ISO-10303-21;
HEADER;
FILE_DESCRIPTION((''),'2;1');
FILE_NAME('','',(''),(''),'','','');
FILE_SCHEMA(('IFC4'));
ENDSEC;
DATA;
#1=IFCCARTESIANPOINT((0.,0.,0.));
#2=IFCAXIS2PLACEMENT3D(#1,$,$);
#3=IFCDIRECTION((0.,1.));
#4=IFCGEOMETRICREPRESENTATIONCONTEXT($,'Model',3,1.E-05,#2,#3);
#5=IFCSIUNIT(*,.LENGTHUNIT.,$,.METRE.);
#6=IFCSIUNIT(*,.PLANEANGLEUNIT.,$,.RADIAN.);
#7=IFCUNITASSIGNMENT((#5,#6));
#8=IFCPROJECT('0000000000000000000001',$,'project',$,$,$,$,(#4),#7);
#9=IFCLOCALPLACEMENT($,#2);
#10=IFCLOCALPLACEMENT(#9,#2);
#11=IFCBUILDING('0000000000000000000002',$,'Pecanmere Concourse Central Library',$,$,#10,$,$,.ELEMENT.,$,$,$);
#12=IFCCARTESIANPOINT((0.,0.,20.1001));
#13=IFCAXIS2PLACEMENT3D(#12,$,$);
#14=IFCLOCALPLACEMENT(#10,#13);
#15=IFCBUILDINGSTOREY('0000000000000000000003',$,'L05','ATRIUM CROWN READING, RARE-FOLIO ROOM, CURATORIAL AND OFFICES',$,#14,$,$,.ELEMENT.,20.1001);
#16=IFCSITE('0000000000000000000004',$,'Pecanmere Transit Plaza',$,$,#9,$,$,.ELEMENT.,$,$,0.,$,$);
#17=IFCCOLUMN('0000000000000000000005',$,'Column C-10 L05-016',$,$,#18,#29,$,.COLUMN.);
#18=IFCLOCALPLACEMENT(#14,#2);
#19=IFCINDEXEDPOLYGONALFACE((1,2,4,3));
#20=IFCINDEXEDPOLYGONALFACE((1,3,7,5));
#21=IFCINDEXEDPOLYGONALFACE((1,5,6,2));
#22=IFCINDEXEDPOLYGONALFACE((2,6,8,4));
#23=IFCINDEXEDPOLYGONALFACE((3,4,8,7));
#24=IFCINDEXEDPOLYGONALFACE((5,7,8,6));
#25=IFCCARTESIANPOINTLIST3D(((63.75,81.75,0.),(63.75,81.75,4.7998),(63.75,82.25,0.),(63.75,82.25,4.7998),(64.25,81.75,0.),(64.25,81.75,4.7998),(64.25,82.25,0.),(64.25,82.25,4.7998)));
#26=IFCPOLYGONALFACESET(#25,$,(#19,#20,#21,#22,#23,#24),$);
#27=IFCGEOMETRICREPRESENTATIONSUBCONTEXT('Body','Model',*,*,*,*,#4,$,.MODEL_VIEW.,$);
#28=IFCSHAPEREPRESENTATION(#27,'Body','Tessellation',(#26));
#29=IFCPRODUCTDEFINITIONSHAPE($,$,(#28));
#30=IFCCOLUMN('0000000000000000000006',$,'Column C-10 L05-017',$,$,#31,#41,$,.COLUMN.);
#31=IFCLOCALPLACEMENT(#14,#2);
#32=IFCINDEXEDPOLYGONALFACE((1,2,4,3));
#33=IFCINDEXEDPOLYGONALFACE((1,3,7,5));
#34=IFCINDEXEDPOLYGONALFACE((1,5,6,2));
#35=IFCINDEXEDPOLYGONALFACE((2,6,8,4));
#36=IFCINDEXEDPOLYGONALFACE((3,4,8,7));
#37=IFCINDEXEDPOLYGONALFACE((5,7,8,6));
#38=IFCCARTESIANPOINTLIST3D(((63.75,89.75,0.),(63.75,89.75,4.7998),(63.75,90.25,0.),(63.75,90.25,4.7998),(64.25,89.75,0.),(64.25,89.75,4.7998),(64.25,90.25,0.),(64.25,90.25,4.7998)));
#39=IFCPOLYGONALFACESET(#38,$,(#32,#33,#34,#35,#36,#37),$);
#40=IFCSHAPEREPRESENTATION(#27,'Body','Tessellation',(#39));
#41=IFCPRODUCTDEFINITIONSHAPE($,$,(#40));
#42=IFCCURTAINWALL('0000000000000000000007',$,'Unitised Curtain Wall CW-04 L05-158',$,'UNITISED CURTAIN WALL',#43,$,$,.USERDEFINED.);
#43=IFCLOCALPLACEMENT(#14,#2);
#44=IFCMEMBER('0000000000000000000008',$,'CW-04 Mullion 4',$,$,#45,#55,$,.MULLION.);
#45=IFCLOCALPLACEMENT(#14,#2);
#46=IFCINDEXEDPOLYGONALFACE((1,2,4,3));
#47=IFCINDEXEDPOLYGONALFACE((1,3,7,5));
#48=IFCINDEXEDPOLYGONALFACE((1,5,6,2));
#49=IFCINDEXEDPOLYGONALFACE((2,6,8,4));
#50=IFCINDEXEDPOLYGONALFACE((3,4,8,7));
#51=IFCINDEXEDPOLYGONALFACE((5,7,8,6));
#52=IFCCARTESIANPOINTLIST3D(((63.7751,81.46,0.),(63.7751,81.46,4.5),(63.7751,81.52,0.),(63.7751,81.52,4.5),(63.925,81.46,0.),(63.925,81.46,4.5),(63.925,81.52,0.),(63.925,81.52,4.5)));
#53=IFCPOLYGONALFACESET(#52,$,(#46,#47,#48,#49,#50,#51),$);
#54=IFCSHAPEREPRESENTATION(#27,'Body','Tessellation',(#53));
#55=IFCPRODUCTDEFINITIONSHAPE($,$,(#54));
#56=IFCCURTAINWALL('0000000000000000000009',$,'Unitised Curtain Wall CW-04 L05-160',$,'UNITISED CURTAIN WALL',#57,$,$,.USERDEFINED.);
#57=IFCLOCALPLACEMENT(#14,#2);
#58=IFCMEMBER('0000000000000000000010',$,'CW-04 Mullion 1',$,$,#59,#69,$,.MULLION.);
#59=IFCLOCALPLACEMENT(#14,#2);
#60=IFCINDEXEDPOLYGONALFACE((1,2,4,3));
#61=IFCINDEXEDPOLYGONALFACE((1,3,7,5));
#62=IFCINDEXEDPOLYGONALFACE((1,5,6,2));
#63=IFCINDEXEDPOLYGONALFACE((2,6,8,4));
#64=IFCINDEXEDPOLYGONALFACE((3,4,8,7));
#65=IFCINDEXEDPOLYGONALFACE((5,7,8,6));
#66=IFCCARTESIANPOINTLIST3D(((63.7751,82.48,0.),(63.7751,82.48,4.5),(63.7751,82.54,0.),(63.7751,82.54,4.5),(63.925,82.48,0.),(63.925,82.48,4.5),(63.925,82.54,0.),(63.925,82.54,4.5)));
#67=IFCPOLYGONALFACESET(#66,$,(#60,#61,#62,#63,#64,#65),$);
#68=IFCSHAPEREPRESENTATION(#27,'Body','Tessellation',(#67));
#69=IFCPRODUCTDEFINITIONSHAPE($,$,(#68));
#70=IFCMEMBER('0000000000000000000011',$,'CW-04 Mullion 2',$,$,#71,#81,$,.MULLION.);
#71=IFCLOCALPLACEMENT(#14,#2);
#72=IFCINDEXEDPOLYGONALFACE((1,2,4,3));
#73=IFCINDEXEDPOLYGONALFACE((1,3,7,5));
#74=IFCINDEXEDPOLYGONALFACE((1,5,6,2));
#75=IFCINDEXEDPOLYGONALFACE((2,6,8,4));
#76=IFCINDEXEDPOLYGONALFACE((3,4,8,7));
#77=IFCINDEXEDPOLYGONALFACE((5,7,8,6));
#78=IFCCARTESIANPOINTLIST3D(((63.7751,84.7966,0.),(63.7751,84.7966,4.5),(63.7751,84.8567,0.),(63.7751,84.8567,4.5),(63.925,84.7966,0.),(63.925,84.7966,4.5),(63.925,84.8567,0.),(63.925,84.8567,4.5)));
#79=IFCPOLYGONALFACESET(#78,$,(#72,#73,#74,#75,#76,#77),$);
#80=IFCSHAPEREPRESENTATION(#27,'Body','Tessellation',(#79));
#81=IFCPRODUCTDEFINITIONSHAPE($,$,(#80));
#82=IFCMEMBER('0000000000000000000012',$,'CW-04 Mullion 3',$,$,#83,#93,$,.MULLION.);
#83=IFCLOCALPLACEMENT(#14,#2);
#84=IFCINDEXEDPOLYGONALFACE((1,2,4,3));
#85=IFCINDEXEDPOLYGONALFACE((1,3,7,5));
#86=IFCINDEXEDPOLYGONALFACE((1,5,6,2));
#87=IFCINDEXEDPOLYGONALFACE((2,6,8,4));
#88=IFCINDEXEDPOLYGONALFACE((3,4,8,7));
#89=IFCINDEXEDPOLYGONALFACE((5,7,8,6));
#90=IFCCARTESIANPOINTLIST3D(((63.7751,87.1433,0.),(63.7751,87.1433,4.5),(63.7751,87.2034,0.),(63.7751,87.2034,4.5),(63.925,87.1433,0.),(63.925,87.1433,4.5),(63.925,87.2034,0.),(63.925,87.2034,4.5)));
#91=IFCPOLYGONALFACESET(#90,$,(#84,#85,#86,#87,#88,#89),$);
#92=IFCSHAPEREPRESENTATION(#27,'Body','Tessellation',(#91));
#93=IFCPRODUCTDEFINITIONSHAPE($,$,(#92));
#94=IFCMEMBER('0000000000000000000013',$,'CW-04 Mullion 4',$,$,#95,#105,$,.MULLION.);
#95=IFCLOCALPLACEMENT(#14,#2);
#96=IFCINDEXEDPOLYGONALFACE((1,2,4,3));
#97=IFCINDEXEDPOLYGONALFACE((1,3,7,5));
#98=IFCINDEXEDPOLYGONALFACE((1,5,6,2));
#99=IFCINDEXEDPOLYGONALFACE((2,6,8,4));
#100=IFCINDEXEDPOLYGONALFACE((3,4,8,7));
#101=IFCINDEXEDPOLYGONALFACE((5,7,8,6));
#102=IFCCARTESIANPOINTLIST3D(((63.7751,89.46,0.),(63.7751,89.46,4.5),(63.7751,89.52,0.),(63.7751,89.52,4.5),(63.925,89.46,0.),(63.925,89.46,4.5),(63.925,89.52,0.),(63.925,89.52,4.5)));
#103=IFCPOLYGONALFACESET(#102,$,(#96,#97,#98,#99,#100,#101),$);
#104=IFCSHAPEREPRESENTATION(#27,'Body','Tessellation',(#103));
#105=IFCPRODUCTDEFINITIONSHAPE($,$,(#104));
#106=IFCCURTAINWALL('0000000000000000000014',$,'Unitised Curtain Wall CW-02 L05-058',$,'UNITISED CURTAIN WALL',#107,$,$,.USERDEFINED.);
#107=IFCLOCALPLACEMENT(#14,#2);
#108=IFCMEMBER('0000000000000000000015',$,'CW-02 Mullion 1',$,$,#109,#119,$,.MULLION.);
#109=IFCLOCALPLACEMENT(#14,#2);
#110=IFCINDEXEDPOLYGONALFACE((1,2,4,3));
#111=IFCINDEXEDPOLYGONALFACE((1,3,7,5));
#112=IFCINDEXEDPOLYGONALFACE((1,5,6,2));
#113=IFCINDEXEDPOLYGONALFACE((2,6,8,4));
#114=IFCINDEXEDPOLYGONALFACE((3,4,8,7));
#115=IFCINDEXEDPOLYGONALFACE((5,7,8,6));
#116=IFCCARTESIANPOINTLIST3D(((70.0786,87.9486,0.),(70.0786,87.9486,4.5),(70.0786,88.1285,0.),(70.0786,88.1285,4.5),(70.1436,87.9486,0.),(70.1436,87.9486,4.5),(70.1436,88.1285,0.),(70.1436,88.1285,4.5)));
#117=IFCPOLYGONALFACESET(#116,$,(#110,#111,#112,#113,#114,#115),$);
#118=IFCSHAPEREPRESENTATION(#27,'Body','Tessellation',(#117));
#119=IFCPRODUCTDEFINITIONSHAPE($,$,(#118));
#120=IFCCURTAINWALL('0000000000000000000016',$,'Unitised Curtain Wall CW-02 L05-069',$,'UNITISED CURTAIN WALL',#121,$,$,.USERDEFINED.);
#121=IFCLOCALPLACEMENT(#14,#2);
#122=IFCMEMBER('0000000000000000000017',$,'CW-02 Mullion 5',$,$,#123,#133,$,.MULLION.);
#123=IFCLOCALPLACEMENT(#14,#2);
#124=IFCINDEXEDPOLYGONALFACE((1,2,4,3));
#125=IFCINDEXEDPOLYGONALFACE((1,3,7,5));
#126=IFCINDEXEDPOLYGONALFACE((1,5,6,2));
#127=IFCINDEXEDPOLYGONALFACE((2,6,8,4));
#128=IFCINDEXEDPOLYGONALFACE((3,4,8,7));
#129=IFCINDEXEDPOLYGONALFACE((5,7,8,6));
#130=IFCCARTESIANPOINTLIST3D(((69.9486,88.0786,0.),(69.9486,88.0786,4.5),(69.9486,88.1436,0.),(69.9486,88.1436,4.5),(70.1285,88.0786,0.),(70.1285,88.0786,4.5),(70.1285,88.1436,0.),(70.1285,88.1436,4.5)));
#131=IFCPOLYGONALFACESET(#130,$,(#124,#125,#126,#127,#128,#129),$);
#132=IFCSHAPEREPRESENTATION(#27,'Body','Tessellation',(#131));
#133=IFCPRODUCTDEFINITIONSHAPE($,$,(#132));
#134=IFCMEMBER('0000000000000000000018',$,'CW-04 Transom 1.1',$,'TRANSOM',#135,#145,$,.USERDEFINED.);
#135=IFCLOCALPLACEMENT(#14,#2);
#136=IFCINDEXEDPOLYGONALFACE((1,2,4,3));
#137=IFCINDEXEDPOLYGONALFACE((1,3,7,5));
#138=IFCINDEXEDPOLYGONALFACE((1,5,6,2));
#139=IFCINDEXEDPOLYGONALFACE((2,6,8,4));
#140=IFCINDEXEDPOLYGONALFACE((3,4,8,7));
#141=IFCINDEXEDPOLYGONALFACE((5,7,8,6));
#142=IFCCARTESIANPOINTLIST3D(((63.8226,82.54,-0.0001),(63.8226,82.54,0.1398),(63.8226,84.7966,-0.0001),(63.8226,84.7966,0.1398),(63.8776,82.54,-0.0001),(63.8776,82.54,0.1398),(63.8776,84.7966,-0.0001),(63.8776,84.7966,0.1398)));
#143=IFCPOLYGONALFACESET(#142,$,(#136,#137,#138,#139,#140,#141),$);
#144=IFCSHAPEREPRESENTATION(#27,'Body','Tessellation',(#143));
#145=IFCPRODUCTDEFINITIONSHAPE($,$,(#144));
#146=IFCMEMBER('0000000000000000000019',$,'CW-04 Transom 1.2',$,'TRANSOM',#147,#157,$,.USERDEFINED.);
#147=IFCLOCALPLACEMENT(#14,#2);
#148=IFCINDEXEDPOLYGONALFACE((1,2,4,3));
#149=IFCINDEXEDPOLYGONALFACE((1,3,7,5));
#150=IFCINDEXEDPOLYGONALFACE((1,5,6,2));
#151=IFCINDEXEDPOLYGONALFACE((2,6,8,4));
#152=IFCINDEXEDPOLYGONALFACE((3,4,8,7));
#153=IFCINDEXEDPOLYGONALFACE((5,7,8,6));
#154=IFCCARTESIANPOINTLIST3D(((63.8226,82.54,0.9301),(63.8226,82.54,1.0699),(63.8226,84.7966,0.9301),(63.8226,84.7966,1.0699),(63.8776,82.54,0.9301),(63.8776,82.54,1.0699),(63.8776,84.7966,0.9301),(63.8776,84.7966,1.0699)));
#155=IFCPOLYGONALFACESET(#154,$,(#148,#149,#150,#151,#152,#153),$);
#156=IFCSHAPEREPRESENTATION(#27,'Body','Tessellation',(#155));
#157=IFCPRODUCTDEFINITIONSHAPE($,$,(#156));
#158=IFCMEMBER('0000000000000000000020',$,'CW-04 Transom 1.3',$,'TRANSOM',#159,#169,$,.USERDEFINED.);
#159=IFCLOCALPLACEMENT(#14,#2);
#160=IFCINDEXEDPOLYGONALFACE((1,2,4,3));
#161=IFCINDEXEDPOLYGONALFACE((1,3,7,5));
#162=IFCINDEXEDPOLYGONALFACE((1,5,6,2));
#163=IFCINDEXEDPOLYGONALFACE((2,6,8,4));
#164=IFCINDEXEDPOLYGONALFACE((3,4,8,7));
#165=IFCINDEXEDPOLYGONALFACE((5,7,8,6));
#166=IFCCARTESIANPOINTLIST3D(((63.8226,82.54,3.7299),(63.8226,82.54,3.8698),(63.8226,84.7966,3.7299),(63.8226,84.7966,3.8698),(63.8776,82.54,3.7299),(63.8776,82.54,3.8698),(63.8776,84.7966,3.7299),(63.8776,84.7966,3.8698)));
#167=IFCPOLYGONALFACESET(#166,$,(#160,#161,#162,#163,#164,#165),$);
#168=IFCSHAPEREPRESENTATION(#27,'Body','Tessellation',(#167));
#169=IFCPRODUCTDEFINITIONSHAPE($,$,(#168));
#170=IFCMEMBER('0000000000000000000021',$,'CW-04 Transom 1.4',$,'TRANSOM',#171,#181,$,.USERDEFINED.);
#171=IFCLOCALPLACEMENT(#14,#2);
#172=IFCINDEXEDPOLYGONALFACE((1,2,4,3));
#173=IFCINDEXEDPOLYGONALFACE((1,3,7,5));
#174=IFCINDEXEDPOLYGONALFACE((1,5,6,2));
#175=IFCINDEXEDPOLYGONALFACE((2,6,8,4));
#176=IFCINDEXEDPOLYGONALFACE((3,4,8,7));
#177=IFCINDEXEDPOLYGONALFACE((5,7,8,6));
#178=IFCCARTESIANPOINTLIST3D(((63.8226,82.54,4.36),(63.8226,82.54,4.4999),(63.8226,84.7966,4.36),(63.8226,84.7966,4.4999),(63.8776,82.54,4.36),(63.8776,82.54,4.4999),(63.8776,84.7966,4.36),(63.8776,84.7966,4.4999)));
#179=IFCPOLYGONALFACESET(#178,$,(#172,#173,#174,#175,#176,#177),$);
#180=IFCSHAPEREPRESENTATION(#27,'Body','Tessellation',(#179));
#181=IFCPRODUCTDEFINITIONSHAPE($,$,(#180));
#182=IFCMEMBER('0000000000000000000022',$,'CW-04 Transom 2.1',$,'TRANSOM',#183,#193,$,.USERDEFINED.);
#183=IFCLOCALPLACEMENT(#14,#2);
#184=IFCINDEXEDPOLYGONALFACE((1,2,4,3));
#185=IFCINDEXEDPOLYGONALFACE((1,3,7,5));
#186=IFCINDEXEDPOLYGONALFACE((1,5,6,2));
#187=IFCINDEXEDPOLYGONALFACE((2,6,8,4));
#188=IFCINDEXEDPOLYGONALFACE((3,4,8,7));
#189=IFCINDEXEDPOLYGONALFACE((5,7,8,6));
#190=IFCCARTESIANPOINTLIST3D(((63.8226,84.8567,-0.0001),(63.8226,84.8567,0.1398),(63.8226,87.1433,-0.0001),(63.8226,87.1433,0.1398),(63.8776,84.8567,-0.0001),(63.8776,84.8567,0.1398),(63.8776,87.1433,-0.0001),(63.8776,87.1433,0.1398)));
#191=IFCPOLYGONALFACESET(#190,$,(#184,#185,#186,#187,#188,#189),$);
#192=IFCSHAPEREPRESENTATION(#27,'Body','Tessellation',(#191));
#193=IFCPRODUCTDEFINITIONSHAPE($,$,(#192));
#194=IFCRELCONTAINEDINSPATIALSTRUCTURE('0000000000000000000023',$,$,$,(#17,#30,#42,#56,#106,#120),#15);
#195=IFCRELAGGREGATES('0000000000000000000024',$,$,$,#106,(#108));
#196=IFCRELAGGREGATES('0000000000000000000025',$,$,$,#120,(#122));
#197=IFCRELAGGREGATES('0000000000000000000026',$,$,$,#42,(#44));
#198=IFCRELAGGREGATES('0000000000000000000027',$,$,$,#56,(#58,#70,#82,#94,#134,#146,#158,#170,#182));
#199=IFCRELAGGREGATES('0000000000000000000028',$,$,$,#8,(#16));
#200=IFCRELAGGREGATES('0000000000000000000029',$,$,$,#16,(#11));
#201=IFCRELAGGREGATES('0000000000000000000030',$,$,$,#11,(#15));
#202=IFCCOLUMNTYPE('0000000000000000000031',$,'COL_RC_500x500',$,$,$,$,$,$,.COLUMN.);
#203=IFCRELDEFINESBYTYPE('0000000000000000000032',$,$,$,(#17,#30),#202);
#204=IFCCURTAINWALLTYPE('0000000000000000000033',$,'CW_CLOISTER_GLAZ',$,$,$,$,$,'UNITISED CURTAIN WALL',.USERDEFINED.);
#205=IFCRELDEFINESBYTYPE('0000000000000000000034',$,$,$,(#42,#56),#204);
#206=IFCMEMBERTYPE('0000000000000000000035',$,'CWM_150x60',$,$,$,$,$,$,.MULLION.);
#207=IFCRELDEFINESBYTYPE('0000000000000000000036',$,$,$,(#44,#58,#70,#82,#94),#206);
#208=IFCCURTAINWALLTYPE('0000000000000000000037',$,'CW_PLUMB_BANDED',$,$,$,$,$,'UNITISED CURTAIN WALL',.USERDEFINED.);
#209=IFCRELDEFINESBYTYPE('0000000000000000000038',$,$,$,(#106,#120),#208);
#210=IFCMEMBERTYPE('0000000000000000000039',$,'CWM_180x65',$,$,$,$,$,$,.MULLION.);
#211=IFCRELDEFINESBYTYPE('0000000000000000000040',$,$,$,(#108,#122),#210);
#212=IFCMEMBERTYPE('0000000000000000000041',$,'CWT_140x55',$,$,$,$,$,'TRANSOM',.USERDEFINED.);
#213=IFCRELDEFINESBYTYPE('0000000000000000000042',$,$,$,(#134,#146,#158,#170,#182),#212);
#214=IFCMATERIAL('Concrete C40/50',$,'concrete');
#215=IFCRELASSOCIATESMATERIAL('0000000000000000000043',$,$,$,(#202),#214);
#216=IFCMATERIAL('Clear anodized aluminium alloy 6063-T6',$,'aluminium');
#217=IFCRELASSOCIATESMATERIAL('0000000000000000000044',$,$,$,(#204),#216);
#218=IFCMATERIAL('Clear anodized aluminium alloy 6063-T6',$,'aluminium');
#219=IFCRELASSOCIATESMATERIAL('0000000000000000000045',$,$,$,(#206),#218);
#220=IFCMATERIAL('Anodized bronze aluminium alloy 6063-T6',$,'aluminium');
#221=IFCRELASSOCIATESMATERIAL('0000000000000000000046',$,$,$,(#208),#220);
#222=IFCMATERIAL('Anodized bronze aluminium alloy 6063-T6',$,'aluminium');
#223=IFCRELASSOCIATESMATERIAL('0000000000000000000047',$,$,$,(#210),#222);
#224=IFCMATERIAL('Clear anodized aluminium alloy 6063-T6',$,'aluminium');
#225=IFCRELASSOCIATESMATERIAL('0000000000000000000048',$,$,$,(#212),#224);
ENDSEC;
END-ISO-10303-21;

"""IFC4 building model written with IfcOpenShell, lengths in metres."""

from ifc_helpers import new_model, si_unit, direction, frame, origin, origin_2d, place, context, subcontext, project, spatial, rectangle, extrude, material, material_profile, profile_set, type_object, element, aggregate, save


model = new_model("IFC4")

# Units and contexts
model_context = context("Model", 3, precision=1e-05, world=origin(), true_north=direction((0.0, 1.0)))
body_context = subcontext(model_context, "Body", "Model", "MODEL_VIEW")
ifc_project = project(units=[si_unit("LENGTHUNIT", "METRE"), si_unit("PLANEANGLEUNIT", "RADIAN")], contexts=[model_context])

# Site, building, storey
site_placement = place(None, origin())
site = spatial("IfcSite", under=ifc_project, at=site_placement, Name="Pecanmere Transit Plaza", CompositionType="ELEMENT", RefElevation=0.0)
building_placement = place(site_placement, origin())
building = spatial("IfcBuilding", under=site, at=building_placement, Name="Pecanmere Concourse Central Library", CompositionType="ELEMENT")
storey_placement = place(building_placement, frame((0.0, 0.0, 20.1001)))
storey = spatial("IfcBuildingStorey", under=building, at=storey_placement, Name="L05", Description="ATRIUM CROWN READING, RARE-FOLIO ROOM, CURATORIAL AND OFFICES", CompositionType="ELEMENT", Elevation=20.1001)

# Columns
ifc_material_1 = material(Name="Concrete C40/50", Category="concrete")
ifc_material_profile_1 = material_profile(ifc_material_1, rectangle(XDim=0.5, YDim=0.5, at=origin_2d()), Name="RC 500x500")
ifc_profile_set_1 = profile_set([ifc_material_profile_1], Name="Concrete C40/50")
column_type = type_object("IfcColumnType", Name="COL_RC_500x500", PredefinedType="COLUMN", material=ifc_profile_set_1)
for number, where, z_axis, x_axis, name in (
    (1, (64.0, 82.0, 0.0), (0.0, 0.0, 1.0), (1.0, 0.0, 0.0), "Column C-10 L05-016"),
    (2, (64.0, 90.0, 0.0), (0.0, 0.0, 1.0), (1.0, 0.0, 0.0), "Column C-10 L05-017"),
):
    element("IfcColumn", number, at=place(storey_placement, frame(where, z_axis=z_axis, x_axis=x_axis)), inside=storey, type_object=column_type, Name=name, PredefinedType="COLUMN", context=body_context, shape_type="SweptSolid", body=[
        extrude(rectangle(XDim=0.5, YDim=0.5, at=origin_2d()), origin(), (0.0, 0.0, 1.0), 4.7998),
    ])

# Curtain wall, member
ifc_material_2 = material(Name="Clear anodized aluminium alloy 6063-T6", Category="aluminium")
curtain_wall_type_1 = type_object("IfcCurtainWallType", Name="CW_CLOISTER_GLAZ", ElementType="UNITISED CURTAIN WALL", PredefinedType="USERDEFINED", material=ifc_material_2)
curtain_wall_1_placement = place(storey_placement, origin())
curtain_wall_1 = element("IfcCurtainWall", 3, at=curtain_wall_1_placement, inside=storey, type_object=curtain_wall_type_1, Name="Unitised Curtain Wall CW-04 L05-158", ObjectType="UNITISED CURTAIN WALL", PredefinedType="USERDEFINED")
ifc_material_3 = material(Name="Clear anodized aluminium alloy 6063-T6", Category="aluminium")
ifc_material_profile_2 = material_profile(ifc_material_3, rectangle(XDim=0.0601, YDim=0.1499, at=origin_2d()), Name="AL 60x150")
ifc_profile_set_2 = profile_set([ifc_material_profile_2], Name="Clear anodized aluminium alloy 6063-T6")
member_type_1 = type_object("IfcMemberType", Name="CWM_150x60", PredefinedType="MULLION", material=ifc_profile_set_2)
member_1_placement = place(storey_placement, frame((63.8501, 81.49, 0.0), z_axis=(0.0, 0.0, 1.0), x_axis=(0.0, 1.0, 0.0)))
member_1 = element("IfcMember", 4, at=member_1_placement, type_object=member_type_1, Name="CW-04 Mullion 4", PredefinedType="MULLION", context=body_context, shape_type="SweptSolid", body=[
    extrude(rectangle(XDim=0.0601, YDim=0.1499, at=origin_2d()), origin(), (0.0, 0.0, 1.0), 4.5),
])

# Curtain wall, members
curtain_wall_2_placement = place(storey_placement, origin())
curtain_wall_2 = element("IfcCurtainWall", 5, at=curtain_wall_2_placement, inside=storey, type_object=curtain_wall_type_1, Name="Unitised Curtain Wall CW-04 L05-160", ObjectType="UNITISED CURTAIN WALL", PredefinedType="USERDEFINED")
member_2_placement = place(storey_placement, frame((63.8501, 82.51, 0.0), z_axis=(0.0, 0.0, 1.0), x_axis=(0.0, 1.0, 0.0)))
member_2 = element("IfcMember", 6, at=member_2_placement, type_object=member_type_1, Name="CW-04 Mullion 1", PredefinedType="MULLION", context=body_context, shape_type="SweptSolid", body=[
    extrude(rectangle(XDim=0.0601, YDim=0.1499, at=origin_2d()), origin(), (0.0, 0.0, 1.0), 4.5),
])
member_3_placement = place(storey_placement, frame((63.8501, 84.8267, 0.0), z_axis=(0.0, 0.0, 1.0), x_axis=(0.0, 1.0, 0.0)))
member_3 = element("IfcMember", 7, at=member_3_placement, type_object=member_type_1, Name="CW-04 Mullion 2", PredefinedType="MULLION", context=body_context, shape_type="SweptSolid", body=[
    extrude(rectangle(XDim=0.0601, YDim=0.1499, at=origin_2d()), origin(), (0.0, 0.0, 1.0), 4.5),
])
member_4_placement = place(storey_placement, frame((63.8501, 87.1733, 0.0), z_axis=(0.0, 0.0, 1.0), x_axis=(0.0, 1.0, 0.0)))
member_4 = element("IfcMember", 8, at=member_4_placement, type_object=member_type_1, Name="CW-04 Mullion 3", PredefinedType="MULLION", context=body_context, shape_type="SweptSolid", body=[
    extrude(rectangle(XDim=0.0601, YDim=0.1499, at=origin_2d()), origin(), (0.0, 0.0, 1.0), 4.5),
])
member_5_placement = place(storey_placement, frame((63.8501, 89.49, 0.0), z_axis=(0.0, 0.0, 1.0), x_axis=(0.0, 1.0, 0.0)))
member_5 = element("IfcMember", 9, at=member_5_placement, type_object=member_type_1, Name="CW-04 Mullion 4", PredefinedType="MULLION", context=body_context, shape_type="SweptSolid", body=[
    extrude(rectangle(XDim=0.0601, YDim=0.1499, at=origin_2d()), origin(), (0.0, 0.0, 1.0), 4.5),
])

# Curtain walls, members
ifc_material_4 = material(Name="Anodized bronze aluminium alloy 6063-T6", Category="aluminium")
curtain_wall_type_2 = type_object("IfcCurtainWallType", Name="CW_PLUMB_BANDED", ElementType="UNITISED CURTAIN WALL", PredefinedType="USERDEFINED", material=ifc_material_4)
curtain_wall_3_placement = place(storey_placement, origin())
curtain_wall_3 = element("IfcCurtainWall", 10, at=curtain_wall_3_placement, inside=storey, type_object=curtain_wall_type_2, Name="Unitised Curtain Wall CW-02 L05-058", ObjectType="UNITISED CURTAIN WALL", PredefinedType="USERDEFINED")
ifc_material_5 = material(Name="Anodized bronze aluminium alloy 6063-T6", Category="aluminium")
ifc_material_profile_3 = material_profile(ifc_material_5, rectangle(XDim=0.0649, YDim=0.1799, at=origin_2d()), Name="AL 65x180")
ifc_profile_set_3 = profile_set([ifc_material_profile_3], Name="Anodized bronze aluminium alloy 6063-T6")
member_type_2 = type_object("IfcMemberType", Name="CWM_180x65", PredefinedType="MULLION", material=ifc_profile_set_3)
member_6_placement = place(storey_placement, frame((70.1111, 88.0386, 0.0), z_axis=(0.0, 0.0, 1.0), x_axis=(1.0, 0.0, 0.0)))
member_6 = element("IfcMember", 11, at=member_6_placement, type_object=member_type_2, Name="CW-02 Mullion 1", PredefinedType="MULLION", context=body_context, shape_type="SweptSolid", body=[
    extrude(rectangle(XDim=0.0649, YDim=0.1799, at=origin_2d()), origin(), (0.0, 0.0, 1.0), 4.5),
])
aggregate(curtain_wall_3, [member_6])
curtain_wall_4_placement = place(storey_placement, origin())
curtain_wall_4 = element("IfcCurtainWall", 12, at=curtain_wall_4_placement, inside=storey, type_object=curtain_wall_type_2, Name="Unitised Curtain Wall CW-02 L05-069", ObjectType="UNITISED CURTAIN WALL", PredefinedType="USERDEFINED")
member_7_placement = place(storey_placement, frame((70.0386, 88.1111, 0.0), z_axis=(0.0, 0.0, 1.0), x_axis=(0.0, -1.0, 0.0)))
member_7 = element("IfcMember", 13, at=member_7_placement, type_object=member_type_2, Name="CW-02 Mullion 5", PredefinedType="MULLION", context=body_context, shape_type="SweptSolid", body=[
    extrude(rectangle(XDim=0.0649, YDim=0.1799, at=origin_2d()), origin(), (0.0, 0.0, 1.0), 4.5),
])

# Members
ifc_material_6 = material(Name="Clear anodized aluminium alloy 6063-T6", Category="aluminium")
ifc_material_profile_4 = material_profile(ifc_material_6, rectangle(XDim=0.0549, YDim=0.1399, at=origin_2d()), Name="AL 55x140")
ifc_profile_set_4 = profile_set([ifc_material_profile_4], Name="Clear anodized aluminium alloy 6063-T6")
member_type_3 = type_object("IfcMemberType", Name="CWT_140x55", ElementType="TRANSOM", PredefinedType="USERDEFINED", material=ifc_profile_set_4)
member_8_placement = place(storey_placement, frame((63.8501, 82.54, 0.0698), z_axis=(0.0, 1.0, 0.0), x_axis=(-1.0, 0.0, 0.0)))
member_8 = element("IfcMember", 14, at=member_8_placement, type_object=member_type_3, Name="CW-04 Transom 1.1", ObjectType="TRANSOM", PredefinedType="USERDEFINED", context=body_context, shape_type="SweptSolid", body=[
    extrude(rectangle(XDim=0.0549, YDim=0.1399, at=origin_2d()), origin(), (0.0, 0.0, 1.0), 2.2566),
])
member_9_placement = place(storey_placement, frame((63.8501, 82.54, 1.0), z_axis=(0.0, 1.0, 0.0), x_axis=(-1.0, 0.0, 0.0)))
member_9 = element("IfcMember", 15, at=member_9_placement, type_object=member_type_3, Name="CW-04 Transom 1.2", ObjectType="TRANSOM", PredefinedType="USERDEFINED", context=body_context, shape_type="SweptSolid", body=[
    extrude(rectangle(XDim=0.0549, YDim=0.1399, at=origin_2d()), origin(), (0.0, 0.0, 1.0), 2.2566),
])
member_10_placement = place(storey_placement, frame((63.8501, 82.54, 3.7998), z_axis=(0.0, 1.0, 0.0), x_axis=(-1.0, 0.0, 0.0)))
member_10 = element("IfcMember", 16, at=member_10_placement, type_object=member_type_3, Name="CW-04 Transom 1.3", ObjectType="TRANSOM", PredefinedType="USERDEFINED", context=body_context, shape_type="SweptSolid", body=[
    extrude(rectangle(XDim=0.0549, YDim=0.1399, at=origin_2d()), origin(), (0.0, 0.0, 1.0), 2.2566),
])
member_11_placement = place(storey_placement, frame((63.8501, 82.54, 4.4299), z_axis=(0.0, 1.0, 0.0), x_axis=(-1.0, 0.0, 0.0)))
member_11 = element("IfcMember", 17, at=member_11_placement, type_object=member_type_3, Name="CW-04 Transom 1.4", ObjectType="TRANSOM", PredefinedType="USERDEFINED", context=body_context, shape_type="SweptSolid", body=[
    extrude(rectangle(XDim=0.0549, YDim=0.1399, at=origin_2d()), origin(), (0.0, 0.0, 1.0), 2.2566),
])
member_12_placement = place(storey_placement, frame((63.8501, 84.8567, 0.0698), z_axis=(0.0, 1.0, 0.0), x_axis=(-1.0, 0.0, 0.0)))
member_12 = element("IfcMember", 18, at=member_12_placement, type_object=member_type_3, Name="CW-04 Transom 2.1", ObjectType="TRANSOM", PredefinedType="USERDEFINED", context=body_context, shape_type="SweptSolid", body=[
    extrude(rectangle(XDim=0.0549, YDim=0.1399, at=origin_2d()), origin(), (0.0, 0.0, 1.0), 2.2866),
])

aggregate(curtain_wall_4, [member_7])
aggregate(curtain_wall_1, [member_1])
aggregate(curtain_wall_2, [member_2, member_3, member_4, member_5, member_8, member_9, member_10, member_11, member_12])

save(model, "model.ifc")
